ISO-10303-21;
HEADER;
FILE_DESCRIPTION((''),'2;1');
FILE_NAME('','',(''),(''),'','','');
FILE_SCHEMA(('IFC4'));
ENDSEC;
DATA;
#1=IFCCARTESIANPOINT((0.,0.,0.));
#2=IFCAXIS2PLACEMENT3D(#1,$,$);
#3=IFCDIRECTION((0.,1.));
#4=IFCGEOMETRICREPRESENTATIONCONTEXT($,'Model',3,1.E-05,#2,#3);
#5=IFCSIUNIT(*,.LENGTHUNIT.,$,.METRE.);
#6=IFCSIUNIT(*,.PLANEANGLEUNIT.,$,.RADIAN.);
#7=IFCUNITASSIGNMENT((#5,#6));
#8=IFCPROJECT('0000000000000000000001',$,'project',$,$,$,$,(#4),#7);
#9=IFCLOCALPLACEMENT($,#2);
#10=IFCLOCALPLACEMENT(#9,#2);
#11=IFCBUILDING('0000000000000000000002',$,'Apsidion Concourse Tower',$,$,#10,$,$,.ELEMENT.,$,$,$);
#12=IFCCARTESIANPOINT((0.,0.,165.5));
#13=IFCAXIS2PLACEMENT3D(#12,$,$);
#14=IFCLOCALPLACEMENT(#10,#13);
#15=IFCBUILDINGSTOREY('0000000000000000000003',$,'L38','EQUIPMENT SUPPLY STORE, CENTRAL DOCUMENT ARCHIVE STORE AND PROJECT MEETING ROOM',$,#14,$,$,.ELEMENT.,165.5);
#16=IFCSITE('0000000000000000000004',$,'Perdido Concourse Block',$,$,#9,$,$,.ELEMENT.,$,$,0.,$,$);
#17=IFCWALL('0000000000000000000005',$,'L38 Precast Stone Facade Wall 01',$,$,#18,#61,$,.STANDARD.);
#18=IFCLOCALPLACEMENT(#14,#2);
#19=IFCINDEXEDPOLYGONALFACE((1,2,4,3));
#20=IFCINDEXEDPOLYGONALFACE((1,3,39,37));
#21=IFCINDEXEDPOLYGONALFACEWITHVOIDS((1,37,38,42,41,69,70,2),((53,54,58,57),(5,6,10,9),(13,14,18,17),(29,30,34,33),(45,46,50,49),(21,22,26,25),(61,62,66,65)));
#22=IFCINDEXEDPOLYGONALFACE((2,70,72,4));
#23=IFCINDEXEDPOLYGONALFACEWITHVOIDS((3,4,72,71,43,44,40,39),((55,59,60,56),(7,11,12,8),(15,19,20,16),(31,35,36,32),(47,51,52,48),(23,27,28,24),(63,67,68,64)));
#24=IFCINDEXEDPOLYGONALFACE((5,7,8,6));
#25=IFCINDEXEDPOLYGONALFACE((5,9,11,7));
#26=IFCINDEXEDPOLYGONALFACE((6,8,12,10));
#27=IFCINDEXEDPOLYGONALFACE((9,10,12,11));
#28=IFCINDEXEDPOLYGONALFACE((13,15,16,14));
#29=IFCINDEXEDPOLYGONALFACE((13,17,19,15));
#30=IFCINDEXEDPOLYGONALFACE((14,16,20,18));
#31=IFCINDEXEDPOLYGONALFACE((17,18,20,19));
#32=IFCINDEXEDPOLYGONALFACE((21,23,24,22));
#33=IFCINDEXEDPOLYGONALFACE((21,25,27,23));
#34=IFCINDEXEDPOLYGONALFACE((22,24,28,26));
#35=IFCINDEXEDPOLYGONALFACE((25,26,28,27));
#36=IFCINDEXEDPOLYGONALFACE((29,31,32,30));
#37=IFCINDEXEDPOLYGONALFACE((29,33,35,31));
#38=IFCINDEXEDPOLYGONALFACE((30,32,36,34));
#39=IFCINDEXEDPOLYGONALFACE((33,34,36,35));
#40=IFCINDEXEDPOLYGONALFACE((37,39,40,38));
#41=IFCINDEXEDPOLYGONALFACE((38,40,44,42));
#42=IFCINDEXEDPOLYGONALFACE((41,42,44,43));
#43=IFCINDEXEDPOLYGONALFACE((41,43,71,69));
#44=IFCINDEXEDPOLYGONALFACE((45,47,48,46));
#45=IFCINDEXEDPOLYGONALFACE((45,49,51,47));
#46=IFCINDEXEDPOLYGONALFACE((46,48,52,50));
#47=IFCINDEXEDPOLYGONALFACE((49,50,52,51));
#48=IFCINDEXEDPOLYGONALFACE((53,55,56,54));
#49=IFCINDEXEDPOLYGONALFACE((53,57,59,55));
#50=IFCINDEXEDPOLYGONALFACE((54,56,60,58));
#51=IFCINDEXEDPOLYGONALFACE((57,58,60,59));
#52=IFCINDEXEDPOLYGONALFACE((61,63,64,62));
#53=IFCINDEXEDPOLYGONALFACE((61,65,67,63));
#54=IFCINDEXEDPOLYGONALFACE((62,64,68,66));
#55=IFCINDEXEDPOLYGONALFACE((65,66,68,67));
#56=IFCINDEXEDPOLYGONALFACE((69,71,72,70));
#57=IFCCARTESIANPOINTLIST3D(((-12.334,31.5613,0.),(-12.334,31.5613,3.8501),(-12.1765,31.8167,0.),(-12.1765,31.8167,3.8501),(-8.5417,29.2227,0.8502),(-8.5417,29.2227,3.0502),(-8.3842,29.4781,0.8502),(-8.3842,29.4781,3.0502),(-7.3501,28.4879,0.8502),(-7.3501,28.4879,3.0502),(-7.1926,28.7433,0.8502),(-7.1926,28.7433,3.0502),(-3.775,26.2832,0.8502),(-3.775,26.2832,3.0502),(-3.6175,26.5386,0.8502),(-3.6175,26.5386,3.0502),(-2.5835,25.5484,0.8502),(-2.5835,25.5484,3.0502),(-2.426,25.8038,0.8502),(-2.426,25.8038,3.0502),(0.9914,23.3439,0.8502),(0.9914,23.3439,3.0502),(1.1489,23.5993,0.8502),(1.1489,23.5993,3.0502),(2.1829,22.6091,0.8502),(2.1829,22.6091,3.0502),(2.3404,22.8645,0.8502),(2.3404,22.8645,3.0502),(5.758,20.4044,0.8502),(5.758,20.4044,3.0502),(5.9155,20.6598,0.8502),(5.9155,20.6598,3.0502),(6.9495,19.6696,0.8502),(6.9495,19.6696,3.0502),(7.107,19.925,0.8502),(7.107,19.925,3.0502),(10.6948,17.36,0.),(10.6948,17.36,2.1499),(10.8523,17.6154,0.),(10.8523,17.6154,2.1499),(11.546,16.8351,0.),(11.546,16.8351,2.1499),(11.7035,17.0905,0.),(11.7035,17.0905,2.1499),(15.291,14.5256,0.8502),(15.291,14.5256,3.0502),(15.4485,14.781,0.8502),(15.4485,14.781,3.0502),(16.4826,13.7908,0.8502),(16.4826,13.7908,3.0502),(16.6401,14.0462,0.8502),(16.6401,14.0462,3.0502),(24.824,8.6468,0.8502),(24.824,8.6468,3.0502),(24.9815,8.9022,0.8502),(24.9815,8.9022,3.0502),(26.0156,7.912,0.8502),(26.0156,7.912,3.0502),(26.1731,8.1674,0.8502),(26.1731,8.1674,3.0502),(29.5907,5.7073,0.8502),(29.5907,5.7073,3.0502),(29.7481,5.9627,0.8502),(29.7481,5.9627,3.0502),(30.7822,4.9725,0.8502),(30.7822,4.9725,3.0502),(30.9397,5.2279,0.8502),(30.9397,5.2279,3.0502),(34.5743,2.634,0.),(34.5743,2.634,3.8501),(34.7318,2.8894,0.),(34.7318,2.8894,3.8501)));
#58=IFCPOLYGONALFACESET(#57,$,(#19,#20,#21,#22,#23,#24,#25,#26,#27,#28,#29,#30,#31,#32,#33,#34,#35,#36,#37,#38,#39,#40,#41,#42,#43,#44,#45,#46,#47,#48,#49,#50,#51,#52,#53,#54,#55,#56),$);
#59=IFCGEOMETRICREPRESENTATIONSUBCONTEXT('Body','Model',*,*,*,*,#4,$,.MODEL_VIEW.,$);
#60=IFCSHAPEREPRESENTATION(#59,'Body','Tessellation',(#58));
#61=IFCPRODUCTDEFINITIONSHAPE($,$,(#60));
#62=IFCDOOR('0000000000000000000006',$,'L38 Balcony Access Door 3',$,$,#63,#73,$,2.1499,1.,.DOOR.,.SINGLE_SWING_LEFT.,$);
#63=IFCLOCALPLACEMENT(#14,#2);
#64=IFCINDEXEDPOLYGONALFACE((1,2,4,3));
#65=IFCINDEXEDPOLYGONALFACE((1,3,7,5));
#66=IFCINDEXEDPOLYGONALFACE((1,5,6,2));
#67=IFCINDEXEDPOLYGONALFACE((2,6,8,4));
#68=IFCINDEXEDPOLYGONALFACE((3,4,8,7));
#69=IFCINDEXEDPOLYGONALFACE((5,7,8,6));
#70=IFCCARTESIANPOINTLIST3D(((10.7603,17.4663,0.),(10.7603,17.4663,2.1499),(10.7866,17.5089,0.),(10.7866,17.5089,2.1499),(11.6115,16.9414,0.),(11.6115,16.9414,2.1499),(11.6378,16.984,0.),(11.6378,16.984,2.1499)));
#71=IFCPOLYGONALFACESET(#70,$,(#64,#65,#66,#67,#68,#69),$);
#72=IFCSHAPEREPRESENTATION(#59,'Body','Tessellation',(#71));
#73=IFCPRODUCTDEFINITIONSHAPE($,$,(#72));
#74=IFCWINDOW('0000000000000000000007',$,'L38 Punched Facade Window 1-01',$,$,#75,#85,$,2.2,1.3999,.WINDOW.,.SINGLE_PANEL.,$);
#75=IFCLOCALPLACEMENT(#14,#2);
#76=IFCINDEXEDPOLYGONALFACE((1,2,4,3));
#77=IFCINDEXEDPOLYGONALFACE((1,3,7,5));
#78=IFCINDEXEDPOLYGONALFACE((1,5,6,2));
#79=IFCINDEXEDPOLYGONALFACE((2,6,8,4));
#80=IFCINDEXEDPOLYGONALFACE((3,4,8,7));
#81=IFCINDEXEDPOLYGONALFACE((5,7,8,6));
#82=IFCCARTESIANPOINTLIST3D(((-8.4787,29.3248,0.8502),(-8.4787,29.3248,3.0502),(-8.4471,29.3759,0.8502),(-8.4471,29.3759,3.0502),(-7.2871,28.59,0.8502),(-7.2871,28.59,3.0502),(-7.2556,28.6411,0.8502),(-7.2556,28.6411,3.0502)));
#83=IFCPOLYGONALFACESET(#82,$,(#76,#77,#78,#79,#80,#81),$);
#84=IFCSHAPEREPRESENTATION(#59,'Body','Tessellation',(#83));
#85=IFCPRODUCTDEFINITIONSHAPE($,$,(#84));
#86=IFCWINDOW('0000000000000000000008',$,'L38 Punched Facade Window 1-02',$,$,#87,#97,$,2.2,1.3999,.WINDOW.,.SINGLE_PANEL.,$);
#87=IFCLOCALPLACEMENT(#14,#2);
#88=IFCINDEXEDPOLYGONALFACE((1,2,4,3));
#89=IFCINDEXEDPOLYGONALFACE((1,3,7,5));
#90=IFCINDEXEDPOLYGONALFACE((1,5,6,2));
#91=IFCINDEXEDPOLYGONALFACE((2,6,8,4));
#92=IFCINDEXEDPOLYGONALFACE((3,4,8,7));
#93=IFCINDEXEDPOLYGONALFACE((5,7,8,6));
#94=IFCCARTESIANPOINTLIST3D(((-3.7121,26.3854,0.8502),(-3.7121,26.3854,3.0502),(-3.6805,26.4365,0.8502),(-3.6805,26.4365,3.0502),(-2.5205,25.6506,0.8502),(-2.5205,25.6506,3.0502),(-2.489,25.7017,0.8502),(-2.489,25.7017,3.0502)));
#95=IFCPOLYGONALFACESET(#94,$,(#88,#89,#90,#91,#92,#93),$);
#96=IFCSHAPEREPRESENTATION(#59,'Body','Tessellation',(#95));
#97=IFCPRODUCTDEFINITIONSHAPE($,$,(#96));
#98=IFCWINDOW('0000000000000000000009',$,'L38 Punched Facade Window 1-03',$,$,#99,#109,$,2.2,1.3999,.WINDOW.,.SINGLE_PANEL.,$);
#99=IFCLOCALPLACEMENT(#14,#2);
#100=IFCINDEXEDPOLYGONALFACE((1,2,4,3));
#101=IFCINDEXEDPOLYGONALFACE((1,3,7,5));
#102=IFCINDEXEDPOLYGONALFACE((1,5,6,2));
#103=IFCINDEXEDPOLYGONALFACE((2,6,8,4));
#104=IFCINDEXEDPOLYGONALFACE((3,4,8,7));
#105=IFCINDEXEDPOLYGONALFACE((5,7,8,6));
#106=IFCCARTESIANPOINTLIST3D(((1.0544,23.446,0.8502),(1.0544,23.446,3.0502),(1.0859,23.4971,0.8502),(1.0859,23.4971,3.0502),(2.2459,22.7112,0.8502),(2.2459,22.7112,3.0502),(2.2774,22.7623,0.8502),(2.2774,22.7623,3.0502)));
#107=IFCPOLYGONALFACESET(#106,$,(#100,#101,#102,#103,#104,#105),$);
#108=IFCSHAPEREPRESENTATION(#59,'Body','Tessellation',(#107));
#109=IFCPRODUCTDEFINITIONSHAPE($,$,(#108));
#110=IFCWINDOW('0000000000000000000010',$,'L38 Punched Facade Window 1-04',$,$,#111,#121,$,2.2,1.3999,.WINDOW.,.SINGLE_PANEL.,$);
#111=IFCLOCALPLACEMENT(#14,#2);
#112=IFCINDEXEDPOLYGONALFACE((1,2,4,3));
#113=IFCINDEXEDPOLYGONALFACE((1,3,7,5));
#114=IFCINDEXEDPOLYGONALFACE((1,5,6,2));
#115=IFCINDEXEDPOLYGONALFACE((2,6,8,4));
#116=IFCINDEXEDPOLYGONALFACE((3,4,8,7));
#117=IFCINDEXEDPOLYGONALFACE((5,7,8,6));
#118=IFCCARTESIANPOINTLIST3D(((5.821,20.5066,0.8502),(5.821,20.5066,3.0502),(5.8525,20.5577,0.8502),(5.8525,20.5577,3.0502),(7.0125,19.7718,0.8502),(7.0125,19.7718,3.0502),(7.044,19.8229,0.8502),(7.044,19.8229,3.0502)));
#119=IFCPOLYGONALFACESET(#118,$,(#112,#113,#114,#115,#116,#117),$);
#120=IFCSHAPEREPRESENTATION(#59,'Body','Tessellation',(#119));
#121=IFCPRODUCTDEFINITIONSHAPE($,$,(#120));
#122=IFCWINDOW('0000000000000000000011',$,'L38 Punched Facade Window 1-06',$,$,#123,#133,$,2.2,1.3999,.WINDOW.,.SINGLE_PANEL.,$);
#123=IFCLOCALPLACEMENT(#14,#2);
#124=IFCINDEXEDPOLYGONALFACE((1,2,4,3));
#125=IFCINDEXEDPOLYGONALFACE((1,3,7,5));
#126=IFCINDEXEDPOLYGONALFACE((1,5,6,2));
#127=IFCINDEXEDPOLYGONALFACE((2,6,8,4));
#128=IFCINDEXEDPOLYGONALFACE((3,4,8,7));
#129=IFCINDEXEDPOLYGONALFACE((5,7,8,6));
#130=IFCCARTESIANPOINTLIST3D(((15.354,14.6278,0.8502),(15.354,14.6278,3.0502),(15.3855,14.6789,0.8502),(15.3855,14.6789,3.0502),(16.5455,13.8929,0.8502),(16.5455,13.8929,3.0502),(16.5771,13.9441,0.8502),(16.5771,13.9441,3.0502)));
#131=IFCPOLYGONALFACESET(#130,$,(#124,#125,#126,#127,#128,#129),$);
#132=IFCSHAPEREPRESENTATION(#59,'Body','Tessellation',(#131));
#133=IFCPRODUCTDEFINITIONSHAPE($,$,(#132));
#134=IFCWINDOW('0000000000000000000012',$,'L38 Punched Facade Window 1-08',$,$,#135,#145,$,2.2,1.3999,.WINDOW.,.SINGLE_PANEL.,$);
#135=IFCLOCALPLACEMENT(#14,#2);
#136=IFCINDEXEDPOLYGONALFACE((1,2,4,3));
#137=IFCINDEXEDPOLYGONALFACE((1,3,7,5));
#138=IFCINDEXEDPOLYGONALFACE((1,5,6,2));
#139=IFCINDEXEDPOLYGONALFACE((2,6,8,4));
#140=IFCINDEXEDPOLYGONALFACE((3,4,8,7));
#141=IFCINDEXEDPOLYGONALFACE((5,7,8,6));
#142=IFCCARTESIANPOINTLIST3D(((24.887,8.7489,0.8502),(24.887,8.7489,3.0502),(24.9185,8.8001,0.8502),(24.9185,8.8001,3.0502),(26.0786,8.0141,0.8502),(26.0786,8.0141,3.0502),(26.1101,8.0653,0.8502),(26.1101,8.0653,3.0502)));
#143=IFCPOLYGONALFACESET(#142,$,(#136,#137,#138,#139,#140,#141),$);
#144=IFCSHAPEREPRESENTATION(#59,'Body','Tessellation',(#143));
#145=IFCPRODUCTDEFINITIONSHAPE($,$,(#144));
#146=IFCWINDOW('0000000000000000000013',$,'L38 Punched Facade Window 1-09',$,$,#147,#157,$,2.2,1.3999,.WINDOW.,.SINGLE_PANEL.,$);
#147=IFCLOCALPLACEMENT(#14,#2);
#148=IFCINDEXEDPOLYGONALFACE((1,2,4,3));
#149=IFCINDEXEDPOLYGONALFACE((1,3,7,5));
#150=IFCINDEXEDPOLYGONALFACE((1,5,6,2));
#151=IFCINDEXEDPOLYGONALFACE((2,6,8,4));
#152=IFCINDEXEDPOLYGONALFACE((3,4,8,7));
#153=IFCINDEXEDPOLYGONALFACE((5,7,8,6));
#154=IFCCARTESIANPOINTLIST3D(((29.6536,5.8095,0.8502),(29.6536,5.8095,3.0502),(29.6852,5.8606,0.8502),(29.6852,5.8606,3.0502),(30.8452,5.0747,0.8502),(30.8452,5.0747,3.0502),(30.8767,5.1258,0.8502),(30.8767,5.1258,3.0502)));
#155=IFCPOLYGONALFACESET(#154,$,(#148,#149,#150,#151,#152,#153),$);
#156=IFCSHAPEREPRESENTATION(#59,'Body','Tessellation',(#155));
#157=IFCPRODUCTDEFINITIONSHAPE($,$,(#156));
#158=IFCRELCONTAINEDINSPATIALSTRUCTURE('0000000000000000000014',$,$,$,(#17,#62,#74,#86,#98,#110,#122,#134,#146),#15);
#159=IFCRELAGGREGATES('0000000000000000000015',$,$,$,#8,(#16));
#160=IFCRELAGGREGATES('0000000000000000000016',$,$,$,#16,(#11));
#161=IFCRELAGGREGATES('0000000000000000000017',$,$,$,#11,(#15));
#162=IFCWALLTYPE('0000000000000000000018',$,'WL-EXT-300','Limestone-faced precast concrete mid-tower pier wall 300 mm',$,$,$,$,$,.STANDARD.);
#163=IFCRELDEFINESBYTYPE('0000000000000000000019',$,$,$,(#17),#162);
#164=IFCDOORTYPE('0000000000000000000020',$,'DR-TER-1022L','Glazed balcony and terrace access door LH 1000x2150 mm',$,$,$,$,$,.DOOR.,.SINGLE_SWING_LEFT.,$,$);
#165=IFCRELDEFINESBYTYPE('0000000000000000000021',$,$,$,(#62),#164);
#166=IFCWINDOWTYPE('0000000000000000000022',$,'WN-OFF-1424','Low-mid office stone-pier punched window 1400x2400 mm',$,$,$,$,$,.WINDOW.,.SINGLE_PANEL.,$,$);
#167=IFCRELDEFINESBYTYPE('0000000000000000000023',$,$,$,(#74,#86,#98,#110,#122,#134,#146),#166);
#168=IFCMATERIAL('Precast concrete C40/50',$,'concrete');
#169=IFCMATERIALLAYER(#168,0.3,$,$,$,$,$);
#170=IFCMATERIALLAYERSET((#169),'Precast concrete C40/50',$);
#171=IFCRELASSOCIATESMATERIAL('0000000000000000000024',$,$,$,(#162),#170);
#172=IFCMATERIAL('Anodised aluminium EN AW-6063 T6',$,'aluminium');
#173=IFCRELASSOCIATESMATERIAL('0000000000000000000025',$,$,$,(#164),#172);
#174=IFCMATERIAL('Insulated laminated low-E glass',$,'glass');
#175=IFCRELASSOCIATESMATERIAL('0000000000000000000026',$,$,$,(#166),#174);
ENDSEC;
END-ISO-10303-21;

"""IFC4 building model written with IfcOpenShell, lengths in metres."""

from ifc_helpers import new_model, si_unit, direction, frame, frame_2d, origin, place, context, subcontext, project, spatial, rectangle, extrude, material, layer, layer_set, type_object, element, fill, save


model = new_model("IFC4")

# Units and contexts
model_context = context("Model", 3, precision=1e-05, world=origin(), true_north=direction((0.0, 1.0)))
body_context = subcontext(model_context, "Body", "Model", "MODEL_VIEW")
ifc_project = project(units=[si_unit("LENGTHUNIT", "METRE"), si_unit("PLANEANGLEUNIT", "RADIAN")], contexts=[model_context])

# Site, building, storey
site_placement = place(None, origin())
site = spatial("IfcSite", under=ifc_project, at=site_placement, Name="Perdido Concourse Block", CompositionType="ELEMENT", RefElevation=0.0)
building_placement = place(site_placement, origin())
building = spatial("IfcBuilding", under=site, at=building_placement, Name="Apsidion Concourse Tower", CompositionType="ELEMENT")
storey_placement = place(building_placement, frame((0.0, 0.0, 165.5)))
storey = spatial("IfcBuildingStorey", under=building, at=storey_placement, Name="L38", Description="EQUIPMENT SUPPLY STORE, CENTRAL DOCUMENT ARCHIVE STORE AND PROJECT MEETING ROOM", CompositionType="ELEMENT", Elevation=165.5)

# Wall, openings, door, windows
ifc_material_1 = material(Name="Precast concrete C40/50", Category="concrete")
ifc_layer_1 = layer(ifc_material_1, 0.3)
ifc_layer_set_1 = layer_set([ifc_layer_1], Name="Precast concrete C40/50")
wall_type_1 = type_object("IfcWallType", Name="WL-EXT-300", Description="Limestone-faced precast concrete mid-tower pier wall 300 mm", PredefinedType="STANDARD", material=ifc_layer_set_1)
wall_1_placement = place(storey_placement, frame((-12.2551, 31.689, 0.0), z_axis=(0.0, 0.0, 1.0), x_axis=(0.851167, -0.524896, 0.0)))
wall_1 = element("IfcWall", 1, at=wall_1_placement, inside=storey, type_object=wall_type_1, Name="L38 Precast Stone Facade Wall 01", PredefinedType="STANDARD", context=body_context, shape_type="SweptSolid", body=[
    extrude(rectangle(XDim=55.1106, YDim=0.3, at=frame_2d((27.5552, 0.0))), origin(), (0.0, 0.0, 1.0), 3.8501),
])
opening_1_placement = place(wall_1_placement, frame((27.0554, 0.0, 0.0)))
opening_1 = element("IfcOpeningElement", 2, at=opening_1_placement, cuts=wall_1, PredefinedType="OPENING", context=body_context, shape_type="SweptSolid", body=[
    extrude(rectangle(XDim=1.0, YDim=2.1499, at=frame_2d((0.5, 1.075))), frame((0.0, 0.1602, 0.0), z_axis=(0.0, -1.0, 0.0), x_axis=(1.0, 0.0, 0.0)), (0.0, 0.0, 1.0), 0.3201),
])
opening_2_placement = place(wall_1_placement, frame((4.4553, 0.0, 0.8501)))
opening_2 = element("IfcOpeningElement", 3, at=opening_2_placement, cuts=wall_1, PredefinedType="OPENING", context=body_context, shape_type="SweptSolid", body=[
    extrude(rectangle(XDim=1.3999, YDim=2.2, at=frame_2d((0.7, 1.1001))), frame((0.0, 0.1602, 0.0), z_axis=(0.0, -1.0, 0.0), x_axis=(1.0, 0.0, 0.0)), (0.0, 0.0, 1.0), 0.3201),
])
opening_3_placement = place(wall_1_placement, frame((10.0554, 0.0, 0.8501)))
opening_3 = element("IfcOpeningElement", 4, at=opening_3_placement, cuts=wall_1, PredefinedType="OPENING", context=body_context, shape_type="SweptSolid", body=[
    extrude(rectangle(XDim=1.3999, YDim=2.2, at=frame_2d((0.7, 1.1001))), frame((0.0, 0.1602, 0.0), z_axis=(0.0, -1.0, 0.0), x_axis=(1.0, 0.0, 0.0)), (0.0, 0.0, 1.0), 0.3201),
])
opening_4_placement = place(wall_1_placement, frame((15.6553, 0.0, 0.8501)))
opening_4 = element("IfcOpeningElement", 5, at=opening_4_placement, cuts=wall_1, PredefinedType="OPENING", context=body_context, shape_type="SweptSolid", body=[
    extrude(rectangle(XDim=1.3999, YDim=2.2, at=frame_2d((0.7, 1.1001))), frame((0.0, 0.1602, 0.0), z_axis=(0.0, -1.0, 0.0), x_axis=(1.0, 0.0, 0.0)), (0.0, 0.0, 1.0), 0.3201),
])
opening_5_placement = place(wall_1_placement, frame((21.2554, 0.0, 0.8501)))
opening_5 = element("IfcOpeningElement", 6, at=opening_5_placement, cuts=wall_1, PredefinedType="OPENING", context=body_context, shape_type="SweptSolid", body=[
    extrude(rectangle(XDim=1.3999, YDim=2.2, at=frame_2d((0.7, 1.1001))), frame((0.0, 0.1602, 0.0), z_axis=(0.0, -1.0, 0.0), x_axis=(1.0, 0.0, 0.0)), (0.0, 0.0, 1.0), 0.3201),
])
opening_6_placement = place(wall_1_placement, frame((32.4553, 0.0, 0.8501)))
opening_6 = element("IfcOpeningElement", 7, at=opening_6_placement, cuts=wall_1, PredefinedType="OPENING", context=body_context, shape_type="SweptSolid", body=[
    extrude(rectangle(XDim=1.3999, YDim=2.2, at=frame_2d((0.7, 1.1001))), frame((0.0, 0.1602, 0.0), z_axis=(0.0, -1.0, 0.0), x_axis=(1.0, 0.0, 0.0)), (0.0, 0.0, 1.0), 0.3201),
])
opening_7_placement = place(wall_1_placement, frame((43.6553, 0.0, 0.8501)))
opening_7 = element("IfcOpeningElement", 8, at=opening_7_placement, cuts=wall_1, PredefinedType="OPENING", context=body_context, shape_type="SweptSolid", body=[
    extrude(rectangle(XDim=1.3999, YDim=2.2, at=frame_2d((0.7, 1.1001))), frame((0.0, 0.1602, 0.0), z_axis=(0.0, -1.0, 0.0), x_axis=(1.0, 0.0, 0.0)), (0.0, 0.0, 1.0), 0.3201),
])
opening_8_placement = place(wall_1_placement, frame((49.2554, 0.0, 0.8501)))
opening_8 = element("IfcOpeningElement", 9, at=opening_8_placement, cuts=wall_1, PredefinedType="OPENING", context=body_context, shape_type="SweptSolid", body=[
    extrude(rectangle(XDim=1.3999, YDim=2.2, at=frame_2d((0.7, 1.1001))), frame((0.0, 0.1602, 0.0), z_axis=(0.0, -1.0, 0.0), x_axis=(1.0, 0.0, 0.0)), (0.0, 0.0, 1.0), 0.3201),
])
ifc_material_2 = material(Name="Anodised aluminium EN AW-6063 T6", Category="aluminium")
door_type = type_object("IfcDoorType", Name="DR-TER-1022L", Description="Glazed balcony and terrace access door LH 1000x2150 mm", OperationType="SINGLE_SWING_LEFT", PredefinedType="DOOR", material=ifc_material_2)
door_placement = place(opening_1_placement, origin())
door = element("IfcDoor", 10, at=door_placement, inside=storey, type_object=door_type, Name="L38 Balcony Access Door 3", OperationType="SINGLE_SWING_LEFT", OverallHeight=2.1499, OverallWidth=1.0, PredefinedType="DOOR", context=body_context, shape_type="SweptSolid", body=[
    extrude(rectangle(XDim=1.0, YDim=2.1499, at=frame_2d((0.5, 1.075))), frame((0.0, 0.0249, 0.0), z_axis=(0.0, -1.0, 0.0), x_axis=(1.0, 0.0, 0.0)), (0.0, 0.0, 1.0), 0.05),
])
fill(opening_1, door)
ifc_material_3 = material(Name="Insulated laminated low-E glass", Category="glass")
window_type = type_object("IfcWindowType", Name="WN-OFF-1424", Description="Low-mid office stone-pier punched window 1400x2400 mm", PartitioningType="SINGLE_PANEL", PredefinedType="WINDOW", material=ifc_material_3)
window_1_placement = place(opening_2_placement, origin())
window_1 = element("IfcWindow", 11, at=window_1_placement, inside=storey, type_object=window_type, Name="L38 Punched Facade Window 1-01", OverallHeight=2.2, OverallWidth=1.3999, PartitioningType="SINGLE_PANEL", PredefinedType="WINDOW", context=body_context, shape_type="SweptSolid", body=[
    extrude(rectangle(XDim=1.3999, YDim=2.2, at=frame_2d((0.7, 1.1001))), frame((0.0, 0.03, 0.0), z_axis=(0.0, -1.0, 0.0), x_axis=(1.0, 0.0, 0.0)), (0.0, 0.0, 1.0), 0.0601),
])
fill(opening_2, window_1)
window_2_placement = place(opening_3_placement, origin())
window_2 = element("IfcWindow", 12, at=window_2_placement, inside=storey, type_object=window_type, Name="L38 Punched Facade Window 1-02", OverallHeight=2.2, OverallWidth=1.3999, PartitioningType="SINGLE_PANEL", PredefinedType="WINDOW", context=body_context, shape_type="SweptSolid", body=[
    extrude(rectangle(XDim=1.3999, YDim=2.2, at=frame_2d((0.7, 1.1001))), frame((0.0, 0.03, 0.0), z_axis=(0.0, -1.0, 0.0), x_axis=(1.0, 0.0, 0.0)), (0.0, 0.0, 1.0), 0.0601),
])
fill(opening_3, window_2)
window_3_placement = place(opening_4_placement, origin())
window_3 = element("IfcWindow", 13, at=window_3_placement, inside=storey, type_object=window_type, Name="L38 Punched Facade Window 1-03", OverallHeight=2.2, OverallWidth=1.3999, PartitioningType="SINGLE_PANEL", PredefinedType="WINDOW", context=body_context, shape_type="SweptSolid", body=[
    extrude(rectangle(XDim=1.3999, YDim=2.2, at=frame_2d((0.7, 1.1001))), frame((0.0, 0.03, 0.0), z_axis=(0.0, -1.0, 0.0), x_axis=(1.0, 0.0, 0.0)), (0.0, 0.0, 1.0), 0.0601),
])
fill(opening_4, window_3)
window_4_placement = place(opening_5_placement, origin())
window_4 = element("IfcWindow", 14, at=window_4_placement, inside=storey, type_object=window_type, Name="L38 Punched Facade Window 1-04", OverallHeight=2.2, OverallWidth=1.3999, PartitioningType="SINGLE_PANEL", PredefinedType="WINDOW", context=body_context, shape_type="SweptSolid", body=[
    extrude(rectangle(XDim=1.3999, YDim=2.2, at=frame_2d((0.7, 1.1001))), frame((0.0, 0.03, 0.0), z_axis=(0.0, -1.0, 0.0), x_axis=(1.0, 0.0, 0.0)), (0.0, 0.0, 1.0), 0.0601),
])
fill(opening_5, window_4)
window_5_placement = place(opening_6_placement, origin())
window_5 = element("IfcWindow", 15, at=window_5_placement, inside=storey, type_object=window_type, Name="L38 Punched Facade Window 1-06", OverallHeight=2.2, OverallWidth=1.3999, PartitioningType="SINGLE_PANEL", PredefinedType="WINDOW", context=body_context, shape_type="SweptSolid", body=[
    extrude(rectangle(XDim=1.3999, YDim=2.2, at=frame_2d((0.7, 1.1001))), frame((0.0, 0.03, 0.0), z_axis=(0.0, -1.0, 0.0), x_axis=(1.0, 0.0, 0.0)), (0.0, 0.0, 1.0), 0.0601),
])
fill(opening_6, window_5)
window_6_placement = place(opening_7_placement, origin())
window_6 = element("IfcWindow", 16, at=window_6_placement, inside=storey, type_object=window_type, Name="L38 Punched Facade Window 1-08", OverallHeight=2.2, OverallWidth=1.3999, PartitioningType="SINGLE_PANEL", PredefinedType="WINDOW", context=body_context, shape_type="SweptSolid", body=[
    extrude(rectangle(XDim=1.3999, YDim=2.2, at=frame_2d((0.7, 1.1001))), frame((0.0, 0.03, 0.0), z_axis=(0.0, -1.0, 0.0), x_axis=(1.0, 0.0, 0.0)), (0.0, 0.0, 1.0), 0.0601),
])
fill(opening_7, window_6)
window_7_placement = place(opening_8_placement, origin())
window_7 = element("IfcWindow", 17, at=window_7_placement, inside=storey, type_object=window_type, Name="L38 Punched Facade Window 1-09", OverallHeight=2.2, OverallWidth=1.3999, PartitioningType="SINGLE_PANEL", PredefinedType="WINDOW", context=body_context, shape_type="SweptSolid", body=[
    extrude(rectangle(XDim=1.3999, YDim=2.2, at=frame_2d((0.7, 1.1001))), frame((0.0, 0.03, 0.0), z_axis=(0.0, -1.0, 0.0), x_axis=(1.0, 0.0, 0.0)), (0.0, 0.0, 1.0), 0.0601),
])
fill(opening_8, window_7)

save(model, "model.ifc")
